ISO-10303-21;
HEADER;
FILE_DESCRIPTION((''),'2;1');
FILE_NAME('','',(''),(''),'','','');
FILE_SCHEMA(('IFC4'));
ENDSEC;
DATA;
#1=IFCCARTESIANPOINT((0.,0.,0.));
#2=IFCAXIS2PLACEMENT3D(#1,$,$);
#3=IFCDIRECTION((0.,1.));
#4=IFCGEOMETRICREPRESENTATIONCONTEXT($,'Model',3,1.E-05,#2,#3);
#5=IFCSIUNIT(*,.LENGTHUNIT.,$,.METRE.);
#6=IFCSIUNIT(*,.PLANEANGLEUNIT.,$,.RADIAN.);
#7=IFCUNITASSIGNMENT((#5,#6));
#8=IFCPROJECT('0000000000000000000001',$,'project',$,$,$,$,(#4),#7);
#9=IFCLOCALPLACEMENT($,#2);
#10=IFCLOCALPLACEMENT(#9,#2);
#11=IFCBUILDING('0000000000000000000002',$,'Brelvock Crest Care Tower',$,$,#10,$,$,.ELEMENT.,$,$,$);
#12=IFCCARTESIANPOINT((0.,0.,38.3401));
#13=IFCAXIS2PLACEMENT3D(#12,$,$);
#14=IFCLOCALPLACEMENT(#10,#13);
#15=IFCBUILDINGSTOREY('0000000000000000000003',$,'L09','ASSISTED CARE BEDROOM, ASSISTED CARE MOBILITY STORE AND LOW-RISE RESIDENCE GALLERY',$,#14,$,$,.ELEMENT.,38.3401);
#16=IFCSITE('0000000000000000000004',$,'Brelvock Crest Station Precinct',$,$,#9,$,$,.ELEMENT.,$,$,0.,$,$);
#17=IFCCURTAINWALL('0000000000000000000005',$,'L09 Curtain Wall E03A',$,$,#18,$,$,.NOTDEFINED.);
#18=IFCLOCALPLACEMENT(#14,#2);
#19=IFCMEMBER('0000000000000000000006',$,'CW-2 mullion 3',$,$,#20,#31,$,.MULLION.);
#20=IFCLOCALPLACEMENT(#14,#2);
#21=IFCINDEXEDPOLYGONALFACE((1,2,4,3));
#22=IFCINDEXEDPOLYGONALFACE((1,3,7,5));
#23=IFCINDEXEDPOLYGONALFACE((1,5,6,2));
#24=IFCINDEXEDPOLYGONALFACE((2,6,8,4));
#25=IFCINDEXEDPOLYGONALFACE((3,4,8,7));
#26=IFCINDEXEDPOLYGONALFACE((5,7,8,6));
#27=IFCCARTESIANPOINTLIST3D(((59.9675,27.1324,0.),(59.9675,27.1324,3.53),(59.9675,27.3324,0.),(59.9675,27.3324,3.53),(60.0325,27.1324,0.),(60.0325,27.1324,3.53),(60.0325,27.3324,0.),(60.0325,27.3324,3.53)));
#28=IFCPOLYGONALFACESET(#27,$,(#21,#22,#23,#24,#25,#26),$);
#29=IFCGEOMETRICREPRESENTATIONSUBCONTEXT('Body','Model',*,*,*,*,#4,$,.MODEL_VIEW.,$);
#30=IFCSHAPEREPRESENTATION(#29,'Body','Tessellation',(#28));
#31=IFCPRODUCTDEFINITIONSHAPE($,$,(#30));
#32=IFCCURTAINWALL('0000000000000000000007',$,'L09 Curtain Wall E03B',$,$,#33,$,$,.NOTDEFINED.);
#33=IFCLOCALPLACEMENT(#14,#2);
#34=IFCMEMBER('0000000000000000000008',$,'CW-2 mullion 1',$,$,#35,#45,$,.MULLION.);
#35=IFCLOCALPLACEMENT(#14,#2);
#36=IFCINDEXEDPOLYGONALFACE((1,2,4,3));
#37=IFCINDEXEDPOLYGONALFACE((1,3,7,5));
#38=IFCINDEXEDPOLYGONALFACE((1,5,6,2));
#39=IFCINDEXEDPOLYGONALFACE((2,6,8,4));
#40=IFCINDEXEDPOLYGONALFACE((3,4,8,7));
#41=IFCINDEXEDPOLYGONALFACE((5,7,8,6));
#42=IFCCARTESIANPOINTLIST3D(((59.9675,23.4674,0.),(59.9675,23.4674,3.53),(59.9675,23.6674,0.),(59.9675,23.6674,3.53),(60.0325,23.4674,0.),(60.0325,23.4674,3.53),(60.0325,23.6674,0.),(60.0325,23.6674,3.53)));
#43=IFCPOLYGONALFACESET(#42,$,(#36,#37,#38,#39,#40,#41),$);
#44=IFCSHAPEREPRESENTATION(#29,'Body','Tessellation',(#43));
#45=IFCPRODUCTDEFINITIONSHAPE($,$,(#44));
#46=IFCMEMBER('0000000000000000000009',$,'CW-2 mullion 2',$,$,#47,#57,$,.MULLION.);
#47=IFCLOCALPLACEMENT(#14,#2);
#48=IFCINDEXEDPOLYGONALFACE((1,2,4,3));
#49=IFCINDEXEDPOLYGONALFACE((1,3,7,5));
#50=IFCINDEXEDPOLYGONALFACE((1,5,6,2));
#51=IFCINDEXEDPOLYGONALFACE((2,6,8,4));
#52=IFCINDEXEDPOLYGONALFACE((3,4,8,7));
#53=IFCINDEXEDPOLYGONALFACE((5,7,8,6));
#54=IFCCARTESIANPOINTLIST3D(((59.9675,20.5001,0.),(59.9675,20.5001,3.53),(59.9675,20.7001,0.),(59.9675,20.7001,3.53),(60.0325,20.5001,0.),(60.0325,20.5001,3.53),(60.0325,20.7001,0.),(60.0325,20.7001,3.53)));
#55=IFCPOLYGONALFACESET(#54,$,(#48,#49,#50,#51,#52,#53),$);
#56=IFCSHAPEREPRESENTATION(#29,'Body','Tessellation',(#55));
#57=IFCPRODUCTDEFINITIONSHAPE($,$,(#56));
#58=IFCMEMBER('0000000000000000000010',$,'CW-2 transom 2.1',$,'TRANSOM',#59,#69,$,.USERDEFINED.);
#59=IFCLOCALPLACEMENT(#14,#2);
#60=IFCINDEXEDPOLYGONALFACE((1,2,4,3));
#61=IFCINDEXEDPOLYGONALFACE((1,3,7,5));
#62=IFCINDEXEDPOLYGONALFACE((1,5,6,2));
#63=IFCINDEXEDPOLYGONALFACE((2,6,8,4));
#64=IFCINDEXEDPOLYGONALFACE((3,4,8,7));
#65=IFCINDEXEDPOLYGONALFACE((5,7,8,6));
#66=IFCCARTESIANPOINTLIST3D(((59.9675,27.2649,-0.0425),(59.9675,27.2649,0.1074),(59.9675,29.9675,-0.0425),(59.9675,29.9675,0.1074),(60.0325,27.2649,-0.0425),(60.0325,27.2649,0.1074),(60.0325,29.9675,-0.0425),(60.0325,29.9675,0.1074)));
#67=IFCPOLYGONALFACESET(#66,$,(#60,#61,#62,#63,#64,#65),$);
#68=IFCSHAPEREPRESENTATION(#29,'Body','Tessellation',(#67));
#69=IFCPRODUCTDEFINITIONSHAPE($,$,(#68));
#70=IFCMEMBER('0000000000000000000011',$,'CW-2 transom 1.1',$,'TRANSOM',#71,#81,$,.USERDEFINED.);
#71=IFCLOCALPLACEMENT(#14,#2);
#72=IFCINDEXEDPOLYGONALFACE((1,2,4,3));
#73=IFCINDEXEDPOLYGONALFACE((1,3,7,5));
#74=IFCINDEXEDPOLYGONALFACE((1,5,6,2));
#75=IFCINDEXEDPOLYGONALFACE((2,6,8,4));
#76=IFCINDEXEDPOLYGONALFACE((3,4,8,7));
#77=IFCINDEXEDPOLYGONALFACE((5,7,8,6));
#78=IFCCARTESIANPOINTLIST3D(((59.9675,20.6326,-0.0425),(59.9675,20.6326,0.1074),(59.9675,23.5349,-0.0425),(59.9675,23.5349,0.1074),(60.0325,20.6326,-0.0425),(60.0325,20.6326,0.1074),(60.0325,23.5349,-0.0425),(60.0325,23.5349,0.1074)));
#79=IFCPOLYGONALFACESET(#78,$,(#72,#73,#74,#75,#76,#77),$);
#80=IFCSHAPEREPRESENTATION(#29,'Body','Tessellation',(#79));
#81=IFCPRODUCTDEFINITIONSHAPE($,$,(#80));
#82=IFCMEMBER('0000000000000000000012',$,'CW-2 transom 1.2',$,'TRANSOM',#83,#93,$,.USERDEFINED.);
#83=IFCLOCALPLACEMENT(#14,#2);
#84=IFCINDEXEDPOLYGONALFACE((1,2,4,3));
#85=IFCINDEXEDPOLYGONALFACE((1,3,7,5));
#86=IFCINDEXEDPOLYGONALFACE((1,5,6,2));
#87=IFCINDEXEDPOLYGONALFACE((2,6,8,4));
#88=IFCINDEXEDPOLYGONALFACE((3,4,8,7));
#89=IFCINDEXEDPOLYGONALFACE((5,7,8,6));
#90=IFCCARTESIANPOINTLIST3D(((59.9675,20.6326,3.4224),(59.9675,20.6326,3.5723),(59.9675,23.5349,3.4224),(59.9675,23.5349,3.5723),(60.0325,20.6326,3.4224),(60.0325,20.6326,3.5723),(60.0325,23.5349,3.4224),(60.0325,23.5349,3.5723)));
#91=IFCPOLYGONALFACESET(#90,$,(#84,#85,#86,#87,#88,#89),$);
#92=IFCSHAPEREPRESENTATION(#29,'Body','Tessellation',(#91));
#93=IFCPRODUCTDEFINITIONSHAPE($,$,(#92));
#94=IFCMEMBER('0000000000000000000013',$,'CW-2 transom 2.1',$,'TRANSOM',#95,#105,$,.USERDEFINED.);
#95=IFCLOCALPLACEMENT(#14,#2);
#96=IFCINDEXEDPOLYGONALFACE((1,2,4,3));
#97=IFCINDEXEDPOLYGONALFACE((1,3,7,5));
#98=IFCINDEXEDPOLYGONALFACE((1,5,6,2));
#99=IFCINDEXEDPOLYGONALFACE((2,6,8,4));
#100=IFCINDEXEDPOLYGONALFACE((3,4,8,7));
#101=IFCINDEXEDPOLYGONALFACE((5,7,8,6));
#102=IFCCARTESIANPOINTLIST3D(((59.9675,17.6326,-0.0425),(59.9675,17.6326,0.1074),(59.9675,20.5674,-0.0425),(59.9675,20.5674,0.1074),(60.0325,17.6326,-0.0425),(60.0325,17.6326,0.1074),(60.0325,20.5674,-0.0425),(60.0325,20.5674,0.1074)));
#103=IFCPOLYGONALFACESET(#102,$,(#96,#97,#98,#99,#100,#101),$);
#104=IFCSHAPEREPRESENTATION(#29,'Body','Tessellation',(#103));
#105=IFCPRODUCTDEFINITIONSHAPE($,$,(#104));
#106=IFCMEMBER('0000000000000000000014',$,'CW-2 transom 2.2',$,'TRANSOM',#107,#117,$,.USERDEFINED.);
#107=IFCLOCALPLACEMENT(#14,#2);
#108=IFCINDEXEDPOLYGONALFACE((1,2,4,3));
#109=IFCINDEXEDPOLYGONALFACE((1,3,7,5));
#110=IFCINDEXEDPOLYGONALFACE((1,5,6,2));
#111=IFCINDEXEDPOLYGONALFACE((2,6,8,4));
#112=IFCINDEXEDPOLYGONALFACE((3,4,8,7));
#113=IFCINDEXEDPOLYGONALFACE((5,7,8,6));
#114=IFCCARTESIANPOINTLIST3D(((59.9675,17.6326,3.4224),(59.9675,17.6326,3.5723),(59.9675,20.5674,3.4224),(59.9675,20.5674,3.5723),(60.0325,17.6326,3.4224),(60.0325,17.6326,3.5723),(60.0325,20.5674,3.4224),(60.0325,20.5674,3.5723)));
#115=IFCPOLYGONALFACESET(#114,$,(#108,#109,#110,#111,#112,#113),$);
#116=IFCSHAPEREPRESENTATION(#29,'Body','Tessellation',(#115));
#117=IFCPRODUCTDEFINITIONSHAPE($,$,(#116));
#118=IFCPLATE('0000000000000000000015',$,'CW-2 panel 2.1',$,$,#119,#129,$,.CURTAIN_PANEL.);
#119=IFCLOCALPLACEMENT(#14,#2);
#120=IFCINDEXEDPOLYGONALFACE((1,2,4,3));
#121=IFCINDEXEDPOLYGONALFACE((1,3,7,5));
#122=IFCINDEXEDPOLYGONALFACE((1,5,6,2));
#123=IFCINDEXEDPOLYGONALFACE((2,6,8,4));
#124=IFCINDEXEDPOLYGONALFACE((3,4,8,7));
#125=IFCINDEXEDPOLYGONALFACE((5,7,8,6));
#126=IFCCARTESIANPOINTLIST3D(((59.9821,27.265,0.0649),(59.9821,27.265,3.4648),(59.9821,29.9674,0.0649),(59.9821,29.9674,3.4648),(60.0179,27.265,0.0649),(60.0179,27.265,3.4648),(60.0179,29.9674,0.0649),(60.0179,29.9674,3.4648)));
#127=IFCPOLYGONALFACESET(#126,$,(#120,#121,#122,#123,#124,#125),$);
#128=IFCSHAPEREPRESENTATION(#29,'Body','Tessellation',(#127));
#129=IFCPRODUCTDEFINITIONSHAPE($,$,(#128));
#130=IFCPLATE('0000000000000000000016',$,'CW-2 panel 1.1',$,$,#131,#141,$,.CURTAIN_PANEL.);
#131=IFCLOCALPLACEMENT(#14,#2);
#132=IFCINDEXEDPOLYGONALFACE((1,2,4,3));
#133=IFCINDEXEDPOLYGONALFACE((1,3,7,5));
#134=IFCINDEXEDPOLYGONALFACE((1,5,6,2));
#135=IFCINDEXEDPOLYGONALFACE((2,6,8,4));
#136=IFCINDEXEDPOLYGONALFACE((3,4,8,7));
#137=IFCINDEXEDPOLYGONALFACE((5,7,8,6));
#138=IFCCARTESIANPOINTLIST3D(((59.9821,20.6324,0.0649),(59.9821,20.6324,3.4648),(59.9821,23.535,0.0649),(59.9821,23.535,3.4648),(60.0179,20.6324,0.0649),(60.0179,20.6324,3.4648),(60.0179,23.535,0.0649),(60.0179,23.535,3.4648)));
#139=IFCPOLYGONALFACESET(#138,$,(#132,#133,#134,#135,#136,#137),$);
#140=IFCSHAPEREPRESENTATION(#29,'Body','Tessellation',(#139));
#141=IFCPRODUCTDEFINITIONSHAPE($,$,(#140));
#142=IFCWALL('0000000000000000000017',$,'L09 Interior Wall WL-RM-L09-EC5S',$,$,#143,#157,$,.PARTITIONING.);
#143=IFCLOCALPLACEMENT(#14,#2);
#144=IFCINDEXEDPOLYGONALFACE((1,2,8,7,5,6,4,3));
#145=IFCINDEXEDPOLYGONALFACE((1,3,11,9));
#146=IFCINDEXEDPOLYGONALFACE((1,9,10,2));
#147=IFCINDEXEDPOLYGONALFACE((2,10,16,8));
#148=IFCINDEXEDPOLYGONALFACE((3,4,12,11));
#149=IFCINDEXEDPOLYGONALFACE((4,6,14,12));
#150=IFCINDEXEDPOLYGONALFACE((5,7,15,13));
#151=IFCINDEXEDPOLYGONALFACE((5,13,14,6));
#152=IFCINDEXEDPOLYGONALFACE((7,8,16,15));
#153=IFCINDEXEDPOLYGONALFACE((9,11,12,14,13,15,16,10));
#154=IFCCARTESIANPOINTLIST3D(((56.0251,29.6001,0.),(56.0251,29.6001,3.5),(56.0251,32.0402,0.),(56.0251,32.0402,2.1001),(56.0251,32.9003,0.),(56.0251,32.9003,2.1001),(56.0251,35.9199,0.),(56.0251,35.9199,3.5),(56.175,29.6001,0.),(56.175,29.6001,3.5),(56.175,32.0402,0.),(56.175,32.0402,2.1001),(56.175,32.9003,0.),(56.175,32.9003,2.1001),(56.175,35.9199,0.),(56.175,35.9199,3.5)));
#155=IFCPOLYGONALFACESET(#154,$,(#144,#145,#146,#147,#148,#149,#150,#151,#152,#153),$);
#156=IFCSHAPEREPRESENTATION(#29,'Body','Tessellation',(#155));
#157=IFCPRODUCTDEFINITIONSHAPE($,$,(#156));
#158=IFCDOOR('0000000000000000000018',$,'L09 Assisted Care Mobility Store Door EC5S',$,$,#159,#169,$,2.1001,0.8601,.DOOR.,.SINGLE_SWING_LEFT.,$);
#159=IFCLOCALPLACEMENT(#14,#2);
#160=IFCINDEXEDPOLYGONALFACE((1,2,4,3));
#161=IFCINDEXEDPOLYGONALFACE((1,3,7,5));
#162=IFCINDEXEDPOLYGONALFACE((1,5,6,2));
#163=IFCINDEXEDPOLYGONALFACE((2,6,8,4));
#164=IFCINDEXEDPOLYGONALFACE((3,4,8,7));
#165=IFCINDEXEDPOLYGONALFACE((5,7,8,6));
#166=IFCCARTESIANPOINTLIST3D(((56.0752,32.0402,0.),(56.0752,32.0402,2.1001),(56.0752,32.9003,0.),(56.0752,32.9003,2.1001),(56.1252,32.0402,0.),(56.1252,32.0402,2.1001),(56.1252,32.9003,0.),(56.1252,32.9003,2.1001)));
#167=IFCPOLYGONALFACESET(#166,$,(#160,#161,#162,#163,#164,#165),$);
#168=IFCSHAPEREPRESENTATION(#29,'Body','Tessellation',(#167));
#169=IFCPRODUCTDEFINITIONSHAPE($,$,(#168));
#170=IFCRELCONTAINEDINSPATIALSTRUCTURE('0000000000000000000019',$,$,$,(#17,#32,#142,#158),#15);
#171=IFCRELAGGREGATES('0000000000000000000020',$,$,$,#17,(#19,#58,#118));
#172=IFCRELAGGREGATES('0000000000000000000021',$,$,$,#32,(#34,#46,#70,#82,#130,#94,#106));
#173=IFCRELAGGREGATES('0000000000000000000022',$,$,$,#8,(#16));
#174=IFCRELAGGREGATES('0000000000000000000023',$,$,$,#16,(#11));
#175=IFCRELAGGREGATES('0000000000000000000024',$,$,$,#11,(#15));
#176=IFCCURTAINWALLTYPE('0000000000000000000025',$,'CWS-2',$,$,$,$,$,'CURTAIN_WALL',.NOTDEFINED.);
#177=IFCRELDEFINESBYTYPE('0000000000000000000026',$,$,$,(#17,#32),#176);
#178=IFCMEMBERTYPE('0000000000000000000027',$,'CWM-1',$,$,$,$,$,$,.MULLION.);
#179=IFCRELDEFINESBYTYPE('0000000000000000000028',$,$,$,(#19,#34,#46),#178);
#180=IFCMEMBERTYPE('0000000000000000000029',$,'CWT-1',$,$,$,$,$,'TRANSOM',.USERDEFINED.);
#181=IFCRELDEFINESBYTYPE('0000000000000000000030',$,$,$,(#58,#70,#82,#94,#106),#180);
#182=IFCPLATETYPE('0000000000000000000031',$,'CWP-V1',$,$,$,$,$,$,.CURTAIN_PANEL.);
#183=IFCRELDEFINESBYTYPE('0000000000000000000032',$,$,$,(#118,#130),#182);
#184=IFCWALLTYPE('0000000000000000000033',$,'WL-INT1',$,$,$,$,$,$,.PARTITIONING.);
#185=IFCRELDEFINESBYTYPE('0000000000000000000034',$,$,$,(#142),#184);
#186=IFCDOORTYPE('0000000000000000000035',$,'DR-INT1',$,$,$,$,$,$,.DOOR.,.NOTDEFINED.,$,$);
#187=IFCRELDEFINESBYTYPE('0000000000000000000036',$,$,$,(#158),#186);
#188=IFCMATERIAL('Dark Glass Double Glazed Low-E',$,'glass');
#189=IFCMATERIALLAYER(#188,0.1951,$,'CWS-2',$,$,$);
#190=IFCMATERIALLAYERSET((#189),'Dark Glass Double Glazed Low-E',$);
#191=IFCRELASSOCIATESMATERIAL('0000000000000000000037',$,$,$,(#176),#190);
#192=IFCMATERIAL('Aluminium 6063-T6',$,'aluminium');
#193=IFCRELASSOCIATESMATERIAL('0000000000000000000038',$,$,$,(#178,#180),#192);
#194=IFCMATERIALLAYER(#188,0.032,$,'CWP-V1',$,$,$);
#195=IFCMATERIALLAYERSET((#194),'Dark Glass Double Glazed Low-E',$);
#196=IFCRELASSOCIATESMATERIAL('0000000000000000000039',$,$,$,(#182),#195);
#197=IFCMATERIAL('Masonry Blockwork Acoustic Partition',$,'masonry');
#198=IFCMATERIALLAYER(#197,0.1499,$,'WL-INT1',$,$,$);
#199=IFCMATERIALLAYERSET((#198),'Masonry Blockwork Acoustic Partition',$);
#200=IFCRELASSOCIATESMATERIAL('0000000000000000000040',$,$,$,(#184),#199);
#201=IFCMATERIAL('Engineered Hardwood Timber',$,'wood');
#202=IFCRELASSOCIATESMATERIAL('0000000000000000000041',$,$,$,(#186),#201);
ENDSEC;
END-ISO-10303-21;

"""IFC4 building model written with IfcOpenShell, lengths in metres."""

from ifc_helpers import new_model, si_unit, direction, frame, frame_2d, origin, origin_2d, place, context, subcontext, project, spatial, rectangle, extrude, source, transform, mapped, material, layer, layer_set, material_profile, profile_set, type_object, element, fill, aggregate, save


model = new_model("IFC4")

# Units and contexts
model_context = context("Model", 3, precision=1e-05, world=origin(), true_north=direction((0.0, 1.0)))
body_context = subcontext(model_context, "Body", "Model", "MODEL_VIEW")
ifc_project = project(units=[si_unit("LENGTHUNIT", "METRE"), si_unit("PLANEANGLEUNIT", "RADIAN")], contexts=[model_context])

# Site, building, storey
site_placement = place(None, origin())
site = spatial("IfcSite", under=ifc_project, at=site_placement, Name="Brelvock Crest Station Precinct", CompositionType="ELEMENT", RefElevation=0.0)
building_placement = place(site_placement, origin())
building = spatial("IfcBuilding", under=site, at=building_placement, Name="Brelvock Crest Care Tower", CompositionType="ELEMENT")
storey_placement = place(building_placement, frame((0.0, 0.0, 38.3401)))
storey = spatial("IfcBuildingStorey", under=building, at=storey_placement, Name="L09", Description="ASSISTED CARE BEDROOM, ASSISTED CARE MOBILITY STORE AND LOW-RISE RESIDENCE GALLERY", CompositionType="ELEMENT", Elevation=38.3401)

# Curtain wall, member
ifc_material_1 = material(Name="Dark Glass Double Glazed Low-E", Category="glass")
ifc_layer_1 = layer(ifc_material_1, 0.1951, Name="CWS-2")
ifc_layer_set_1 = layer_set([ifc_layer_1], Name="Dark Glass Double Glazed Low-E")
curtain_wall_type = type_object("IfcCurtainWallType", Name="CWS-2", ElementType="CURTAIN_WALL", PredefinedType="NOTDEFINED", material=ifc_layer_set_1)
curtain_wall_1_placement = place(storey_placement, origin())
curtain_wall_1 = element("IfcCurtainWall", 1, at=curtain_wall_1_placement, inside=storey, type_object=curtain_wall_type, Name="L09 Curtain Wall E03A", PredefinedType="NOTDEFINED")
ifc_material_2 = material(Name="Aluminium 6063-T6", Category="aluminium")
ifc_material_profile_1 = material_profile(ifc_material_2, rectangle(XDim=0.0649, YDim=0.2, at=origin_2d()), Name="ALU65x200")
ifc_profile_set_1 = profile_set([ifc_material_profile_1], Name="Aluminium 6063-T6")
member_type_1 = type_object("IfcMemberType", Name="CWM-1", PredefinedType="MULLION", material=ifc_profile_set_1)
shared_shape_1 = source(origin(), body_context, "Body", "SweptSolid", [
    extrude(rectangle(XDim=0.0649, YDim=0.2, at=origin_2d()), origin(), (0.0, 0.0, 1.0), 3.53),
])
member_1_placement = place(storey_placement, frame((60.0, 27.2324, 0.0), z_axis=(0.0, 0.0, 1.0), x_axis=(1.0, 0.0, 0.0)))
member_1 = element("IfcMember", 2, at=member_1_placement, type_object=member_type_1, Name="CW-2 mullion 3", PredefinedType="MULLION", context=body_context, shape_type="MappedRepresentation", body=[
    mapped(shared_shape_1, transform((0.0, 0.0, 0.0), x_axis=(1.0, 0.0, 0.0), y_axis=(0.0, 1.0, 0.0), z_axis=(0.0, 0.0, 1.0), scale=1.0)),
])

# Curtain wall, members
curtain_wall_2_placement = place(storey_placement, origin())
curtain_wall_2 = element("IfcCurtainWall", 3, at=curtain_wall_2_placement, inside=storey, type_object=curtain_wall_type, Name="L09 Curtain Wall E03B", PredefinedType="NOTDEFINED")
member_2_placement = place(storey_placement, frame((60.0, 23.5674, 0.0), z_axis=(0.0, 0.0, 1.0), x_axis=(1.0, 0.0, 0.0)))
member_2 = element("IfcMember", 4, at=member_2_placement, type_object=member_type_1, Name="CW-2 mullion 1", PredefinedType="MULLION", context=body_context, shape_type="MappedRepresentation", body=[
    mapped(shared_shape_1, transform((0.0, 0.0, 0.0), x_axis=(1.0, 0.0, 0.0), y_axis=(0.0, 1.0, 0.0), z_axis=(0.0, 0.0, 1.0), scale=1.0)),
])
member_3_placement = place(storey_placement, frame((60.0, 20.6001, 0.0), z_axis=(0.0, 0.0, 1.0), x_axis=(1.0, 0.0, 0.0)))
member_3 = element("IfcMember", 5, at=member_3_placement, type_object=member_type_1, Name="CW-2 mullion 2", PredefinedType="MULLION", context=body_context, shape_type="MappedRepresentation", body=[
    mapped(shared_shape_1, transform((0.0, 0.0, 0.0), x_axis=(1.0, 0.0, 0.0), y_axis=(0.0, 1.0, 0.0), z_axis=(0.0, 0.0, 1.0), scale=1.0)),
])

# Members
ifc_material_profile_2 = material_profile(ifc_material_2, rectangle(XDim=0.0649, YDim=0.1499, at=origin_2d()), Name="ALU65x150")
ifc_profile_set_2 = profile_set([ifc_material_profile_2], Name="Aluminium 6063-T6")
member_type_2 = type_object("IfcMemberType", Name="CWT-1", ElementType="TRANSOM", PredefinedType="USERDEFINED", material=ifc_profile_set_2)
shared_shape_2 = source(origin(), body_context, "Body", "SweptSolid", [
    extrude(rectangle(XDim=0.0649, YDim=0.1499, at=origin_2d()), origin(), (0.0, 0.0, 1.0), 2.7026),
])
member_4_placement = place(storey_placement, frame((60.0, 29.9675, 0.0325), z_axis=(0.0, -1.0, 0.0), x_axis=(1.0, 0.0, 0.0)))
member_4 = element("IfcMember", 6, at=member_4_placement, type_object=member_type_2, Name="CW-2 transom 2.1", ObjectType="TRANSOM", PredefinedType="USERDEFINED", context=body_context, shape_type="MappedRepresentation", body=[
    mapped(shared_shape_2, transform((0.0, 0.0, 0.0), x_axis=(1.0, 0.0, 0.0), y_axis=(0.0, 1.0, 0.0), z_axis=(0.0, 0.0, 1.0), scale=1.0)),
])
shared_shape_3 = source(origin(), body_context, "Body", "SweptSolid", [
    extrude(rectangle(XDim=0.0649, YDim=0.1499, at=origin_2d()), origin(), (0.0, 0.0, 1.0), 2.9023),
])
member_5_placement = place(storey_placement, frame((60.0, 23.5349, 0.0325), z_axis=(0.0, -1.0, 0.0), x_axis=(1.0, 0.0, 0.0)))
member_5 = element("IfcMember", 7, at=member_5_placement, type_object=member_type_2, Name="CW-2 transom 1.1", ObjectType="TRANSOM", PredefinedType="USERDEFINED", context=body_context, shape_type="MappedRepresentation", body=[
    mapped(shared_shape_3, transform((0.0, 0.0, 0.0), x_axis=(1.0, 0.0, 0.0), y_axis=(0.0, 1.0, 0.0), z_axis=(0.0, 0.0, 1.0), scale=1.0)),
])
member_6_placement = place(storey_placement, frame((60.0, 23.5349, 3.4973), z_axis=(0.0, -1.0, 0.0), x_axis=(1.0, 0.0, 0.0)))
member_6 = element("IfcMember", 8, at=member_6_placement, type_object=member_type_2, Name="CW-2 transom 1.2", ObjectType="TRANSOM", PredefinedType="USERDEFINED", context=body_context, shape_type="MappedRepresentation", body=[
    mapped(shared_shape_3, transform((0.0, 0.0, 0.0), x_axis=(1.0, 0.0, 0.0), y_axis=(0.0, 1.0, 0.0), z_axis=(0.0, 0.0, 1.0), scale=1.0)),
])
shared_shape_4 = source(origin(), body_context, "Body", "SweptSolid", [
    extrude(rectangle(XDim=0.0649, YDim=0.1499, at=origin_2d()), origin(), (0.0, 0.0, 1.0), 2.9348),
])
member_7_placement = place(storey_placement, frame((60.0, 20.5674, 0.0325), z_axis=(0.0, -1.0, 0.0), x_axis=(1.0, 0.0, 0.0)))
member_7 = element("IfcMember", 9, at=member_7_placement, type_object=member_type_2, Name="CW-2 transom 2.1", ObjectType="TRANSOM", PredefinedType="USERDEFINED", context=body_context, shape_type="MappedRepresentation", body=[
    mapped(shared_shape_4, transform((0.0, 0.0, 0.0), x_axis=(1.0, 0.0, 0.0), y_axis=(0.0, 1.0, 0.0), z_axis=(0.0, 0.0, 1.0), scale=1.0)),
])
member_8_placement = place(storey_placement, frame((60.0, 20.5674, 3.4973), z_axis=(0.0, -1.0, 0.0), x_axis=(1.0, 0.0, 0.0)))
member_8 = element("IfcMember", 10, at=member_8_placement, type_object=member_type_2, Name="CW-2 transom 2.2", ObjectType="TRANSOM", PredefinedType="USERDEFINED", context=body_context, shape_type="MappedRepresentation", body=[
    mapped(shared_shape_4, transform((0.0, 0.0, 0.0), x_axis=(1.0, 0.0, 0.0), y_axis=(0.0, 1.0, 0.0), z_axis=(0.0, 0.0, 1.0), scale=1.0)),
])

# Plates
ifc_layer_2 = layer(ifc_material_1, 0.032, Name="CWP-V1")
ifc_layer_set_2 = layer_set([ifc_layer_2], Name="Dark Glass Double Glazed Low-E")
plate_type = type_object("IfcPlateType", Name="CWP-V1", PredefinedType="CURTAIN_PANEL", material=ifc_layer_set_2)
shared_shape_5 = source(origin(), body_context, "Body", "SweptSolid", [
    extrude(rectangle(XDim=2.7024, YDim=0.0359, at=origin_2d()), origin(), (0.0, 0.0, 1.0), 3.3999),
])
plate_1_placement = place(storey_placement, frame((60.0, 28.6162, 0.0649), z_axis=(0.0, 0.0, 1.0), x_axis=(0.0, -1.0, 0.0)))
plate_1 = element("IfcPlate", 11, at=plate_1_placement, type_object=plate_type, Name="CW-2 panel 2.1", PredefinedType="CURTAIN_PANEL", context=body_context, shape_type="MappedRepresentation", body=[
    mapped(shared_shape_5, transform((0.0, 0.0, 0.0), x_axis=(1.0, 0.0, 0.0), y_axis=(0.0, 1.0, 0.0), z_axis=(0.0, 0.0, 1.0), scale=1.0)),
])
aggregate(curtain_wall_1, [member_1, member_4, plate_1])
shared_shape_6 = source(origin(), body_context, "Body", "SweptSolid", [
    extrude(rectangle(XDim=2.9026, YDim=0.0359, at=origin_2d()), origin(), (0.0, 0.0, 1.0), 3.3999),
])
plate_2_placement = place(storey_placement, frame((60.0, 22.0837, 0.0649), z_axis=(0.0, 0.0, 1.0), x_axis=(0.0, -1.0, 0.0)))
plate_2 = element("IfcPlate", 12, at=plate_2_placement, type_object=plate_type, Name="CW-2 panel 1.1", PredefinedType="CURTAIN_PANEL", context=body_context, shape_type="MappedRepresentation", body=[
    mapped(shared_shape_6, transform((0.0, 0.0, 0.0), x_axis=(1.0, 0.0, 0.0), y_axis=(0.0, 1.0, 0.0), z_axis=(0.0, 0.0, 1.0), scale=1.0)),
])
aggregate(curtain_wall_2, [member_2, member_3, member_5, member_6, plate_2, member_7, member_8])

# Wall, opening, door
ifc_material_3 = material(Name="Masonry Blockwork Acoustic Partition", Category="masonry")
ifc_layer_3 = layer(ifc_material_3, 0.1499, Name="WL-INT1")
ifc_layer_set_3 = layer_set([ifc_layer_3], Name="Masonry Blockwork Acoustic Partition")
wall_type_1 = type_object("IfcWallType", Name="WL-INT1", PredefinedType="PARTITIONING", material=ifc_layer_set_3)
wall_1_placement = place(storey_placement, frame((56.1001, 29.6001, 0.0), z_axis=(0.0, 0.0, 1.0), x_axis=(0.0, 1.0, 0.0)))
wall_1 = element("IfcWall", 13, at=wall_1_placement, inside=storey, type_object=wall_type_1, Name="L09 Interior Wall WL-RM-L09-EC5S", PredefinedType="PARTITIONING", context=body_context, shape_type="SweptSolid", body=[
    extrude(rectangle(XDim=6.3198, YDim=0.1499, at=frame_2d((3.1599, 0.0))), origin(), (0.0, 0.0, 1.0), 3.5),
])
opening_1_placement = place(wall_1_placement, frame((2.4399, 0.0, 0.0)))
opening_1 = element("IfcOpeningElement", 14, at=opening_1_placement, cuts=wall_1, PredefinedType="OPENING", context=body_context, shape_type="SweptSolid", body=[
    extrude(rectangle(XDim=0.8601, YDim=2.1001, at=origin_2d()), frame((0.4302, 0.085, 1.05), z_axis=(0.0, -1.0, 0.0), x_axis=(1.0, 0.0, 0.0)), (0.0, 0.0, 1.0), 0.1699),
])
ifc_material_4 = material(Name="Engineered Hardwood Timber", Category="wood")
door_type_1 = type_object("IfcDoorType", Name="DR-INT1", OperationType="NOTDEFINED", PredefinedType="DOOR", material=ifc_material_4)
shared_shape_7 = source(origin(), body_context, "Body", "SweptSolid", [
    extrude(rectangle(XDim=0.8601, YDim=2.1001, at=origin_2d()), frame((0.4302, 0.0249, 1.05), z_axis=(0.0, -1.0, 0.0), x_axis=(1.0, 0.0, 0.0)), (0.0, 0.0, 1.0), 0.05),
])
door_1_placement = place(opening_1_placement, origin())
door_1 = element("IfcDoor", 15, at=door_1_placement, inside=storey, type_object=door_type_1, Name="L09 Assisted Care Mobility Store Door EC5S", OperationType="SINGLE_SWING_LEFT", OverallHeight=2.1001, OverallWidth=0.8601, PredefinedType="DOOR", context=body_context, shape_type="MappedRepresentation", body=[
    mapped(shared_shape_7, transform((0.0, 0.0, 0.0), x_axis=(1.0, 0.0, 0.0), y_axis=(0.0, 1.0, 0.0), z_axis=(0.0, 0.0, 1.0), scale=1.0)),
])
fill(opening_1, door_1)

save(model, "model.ifc")
